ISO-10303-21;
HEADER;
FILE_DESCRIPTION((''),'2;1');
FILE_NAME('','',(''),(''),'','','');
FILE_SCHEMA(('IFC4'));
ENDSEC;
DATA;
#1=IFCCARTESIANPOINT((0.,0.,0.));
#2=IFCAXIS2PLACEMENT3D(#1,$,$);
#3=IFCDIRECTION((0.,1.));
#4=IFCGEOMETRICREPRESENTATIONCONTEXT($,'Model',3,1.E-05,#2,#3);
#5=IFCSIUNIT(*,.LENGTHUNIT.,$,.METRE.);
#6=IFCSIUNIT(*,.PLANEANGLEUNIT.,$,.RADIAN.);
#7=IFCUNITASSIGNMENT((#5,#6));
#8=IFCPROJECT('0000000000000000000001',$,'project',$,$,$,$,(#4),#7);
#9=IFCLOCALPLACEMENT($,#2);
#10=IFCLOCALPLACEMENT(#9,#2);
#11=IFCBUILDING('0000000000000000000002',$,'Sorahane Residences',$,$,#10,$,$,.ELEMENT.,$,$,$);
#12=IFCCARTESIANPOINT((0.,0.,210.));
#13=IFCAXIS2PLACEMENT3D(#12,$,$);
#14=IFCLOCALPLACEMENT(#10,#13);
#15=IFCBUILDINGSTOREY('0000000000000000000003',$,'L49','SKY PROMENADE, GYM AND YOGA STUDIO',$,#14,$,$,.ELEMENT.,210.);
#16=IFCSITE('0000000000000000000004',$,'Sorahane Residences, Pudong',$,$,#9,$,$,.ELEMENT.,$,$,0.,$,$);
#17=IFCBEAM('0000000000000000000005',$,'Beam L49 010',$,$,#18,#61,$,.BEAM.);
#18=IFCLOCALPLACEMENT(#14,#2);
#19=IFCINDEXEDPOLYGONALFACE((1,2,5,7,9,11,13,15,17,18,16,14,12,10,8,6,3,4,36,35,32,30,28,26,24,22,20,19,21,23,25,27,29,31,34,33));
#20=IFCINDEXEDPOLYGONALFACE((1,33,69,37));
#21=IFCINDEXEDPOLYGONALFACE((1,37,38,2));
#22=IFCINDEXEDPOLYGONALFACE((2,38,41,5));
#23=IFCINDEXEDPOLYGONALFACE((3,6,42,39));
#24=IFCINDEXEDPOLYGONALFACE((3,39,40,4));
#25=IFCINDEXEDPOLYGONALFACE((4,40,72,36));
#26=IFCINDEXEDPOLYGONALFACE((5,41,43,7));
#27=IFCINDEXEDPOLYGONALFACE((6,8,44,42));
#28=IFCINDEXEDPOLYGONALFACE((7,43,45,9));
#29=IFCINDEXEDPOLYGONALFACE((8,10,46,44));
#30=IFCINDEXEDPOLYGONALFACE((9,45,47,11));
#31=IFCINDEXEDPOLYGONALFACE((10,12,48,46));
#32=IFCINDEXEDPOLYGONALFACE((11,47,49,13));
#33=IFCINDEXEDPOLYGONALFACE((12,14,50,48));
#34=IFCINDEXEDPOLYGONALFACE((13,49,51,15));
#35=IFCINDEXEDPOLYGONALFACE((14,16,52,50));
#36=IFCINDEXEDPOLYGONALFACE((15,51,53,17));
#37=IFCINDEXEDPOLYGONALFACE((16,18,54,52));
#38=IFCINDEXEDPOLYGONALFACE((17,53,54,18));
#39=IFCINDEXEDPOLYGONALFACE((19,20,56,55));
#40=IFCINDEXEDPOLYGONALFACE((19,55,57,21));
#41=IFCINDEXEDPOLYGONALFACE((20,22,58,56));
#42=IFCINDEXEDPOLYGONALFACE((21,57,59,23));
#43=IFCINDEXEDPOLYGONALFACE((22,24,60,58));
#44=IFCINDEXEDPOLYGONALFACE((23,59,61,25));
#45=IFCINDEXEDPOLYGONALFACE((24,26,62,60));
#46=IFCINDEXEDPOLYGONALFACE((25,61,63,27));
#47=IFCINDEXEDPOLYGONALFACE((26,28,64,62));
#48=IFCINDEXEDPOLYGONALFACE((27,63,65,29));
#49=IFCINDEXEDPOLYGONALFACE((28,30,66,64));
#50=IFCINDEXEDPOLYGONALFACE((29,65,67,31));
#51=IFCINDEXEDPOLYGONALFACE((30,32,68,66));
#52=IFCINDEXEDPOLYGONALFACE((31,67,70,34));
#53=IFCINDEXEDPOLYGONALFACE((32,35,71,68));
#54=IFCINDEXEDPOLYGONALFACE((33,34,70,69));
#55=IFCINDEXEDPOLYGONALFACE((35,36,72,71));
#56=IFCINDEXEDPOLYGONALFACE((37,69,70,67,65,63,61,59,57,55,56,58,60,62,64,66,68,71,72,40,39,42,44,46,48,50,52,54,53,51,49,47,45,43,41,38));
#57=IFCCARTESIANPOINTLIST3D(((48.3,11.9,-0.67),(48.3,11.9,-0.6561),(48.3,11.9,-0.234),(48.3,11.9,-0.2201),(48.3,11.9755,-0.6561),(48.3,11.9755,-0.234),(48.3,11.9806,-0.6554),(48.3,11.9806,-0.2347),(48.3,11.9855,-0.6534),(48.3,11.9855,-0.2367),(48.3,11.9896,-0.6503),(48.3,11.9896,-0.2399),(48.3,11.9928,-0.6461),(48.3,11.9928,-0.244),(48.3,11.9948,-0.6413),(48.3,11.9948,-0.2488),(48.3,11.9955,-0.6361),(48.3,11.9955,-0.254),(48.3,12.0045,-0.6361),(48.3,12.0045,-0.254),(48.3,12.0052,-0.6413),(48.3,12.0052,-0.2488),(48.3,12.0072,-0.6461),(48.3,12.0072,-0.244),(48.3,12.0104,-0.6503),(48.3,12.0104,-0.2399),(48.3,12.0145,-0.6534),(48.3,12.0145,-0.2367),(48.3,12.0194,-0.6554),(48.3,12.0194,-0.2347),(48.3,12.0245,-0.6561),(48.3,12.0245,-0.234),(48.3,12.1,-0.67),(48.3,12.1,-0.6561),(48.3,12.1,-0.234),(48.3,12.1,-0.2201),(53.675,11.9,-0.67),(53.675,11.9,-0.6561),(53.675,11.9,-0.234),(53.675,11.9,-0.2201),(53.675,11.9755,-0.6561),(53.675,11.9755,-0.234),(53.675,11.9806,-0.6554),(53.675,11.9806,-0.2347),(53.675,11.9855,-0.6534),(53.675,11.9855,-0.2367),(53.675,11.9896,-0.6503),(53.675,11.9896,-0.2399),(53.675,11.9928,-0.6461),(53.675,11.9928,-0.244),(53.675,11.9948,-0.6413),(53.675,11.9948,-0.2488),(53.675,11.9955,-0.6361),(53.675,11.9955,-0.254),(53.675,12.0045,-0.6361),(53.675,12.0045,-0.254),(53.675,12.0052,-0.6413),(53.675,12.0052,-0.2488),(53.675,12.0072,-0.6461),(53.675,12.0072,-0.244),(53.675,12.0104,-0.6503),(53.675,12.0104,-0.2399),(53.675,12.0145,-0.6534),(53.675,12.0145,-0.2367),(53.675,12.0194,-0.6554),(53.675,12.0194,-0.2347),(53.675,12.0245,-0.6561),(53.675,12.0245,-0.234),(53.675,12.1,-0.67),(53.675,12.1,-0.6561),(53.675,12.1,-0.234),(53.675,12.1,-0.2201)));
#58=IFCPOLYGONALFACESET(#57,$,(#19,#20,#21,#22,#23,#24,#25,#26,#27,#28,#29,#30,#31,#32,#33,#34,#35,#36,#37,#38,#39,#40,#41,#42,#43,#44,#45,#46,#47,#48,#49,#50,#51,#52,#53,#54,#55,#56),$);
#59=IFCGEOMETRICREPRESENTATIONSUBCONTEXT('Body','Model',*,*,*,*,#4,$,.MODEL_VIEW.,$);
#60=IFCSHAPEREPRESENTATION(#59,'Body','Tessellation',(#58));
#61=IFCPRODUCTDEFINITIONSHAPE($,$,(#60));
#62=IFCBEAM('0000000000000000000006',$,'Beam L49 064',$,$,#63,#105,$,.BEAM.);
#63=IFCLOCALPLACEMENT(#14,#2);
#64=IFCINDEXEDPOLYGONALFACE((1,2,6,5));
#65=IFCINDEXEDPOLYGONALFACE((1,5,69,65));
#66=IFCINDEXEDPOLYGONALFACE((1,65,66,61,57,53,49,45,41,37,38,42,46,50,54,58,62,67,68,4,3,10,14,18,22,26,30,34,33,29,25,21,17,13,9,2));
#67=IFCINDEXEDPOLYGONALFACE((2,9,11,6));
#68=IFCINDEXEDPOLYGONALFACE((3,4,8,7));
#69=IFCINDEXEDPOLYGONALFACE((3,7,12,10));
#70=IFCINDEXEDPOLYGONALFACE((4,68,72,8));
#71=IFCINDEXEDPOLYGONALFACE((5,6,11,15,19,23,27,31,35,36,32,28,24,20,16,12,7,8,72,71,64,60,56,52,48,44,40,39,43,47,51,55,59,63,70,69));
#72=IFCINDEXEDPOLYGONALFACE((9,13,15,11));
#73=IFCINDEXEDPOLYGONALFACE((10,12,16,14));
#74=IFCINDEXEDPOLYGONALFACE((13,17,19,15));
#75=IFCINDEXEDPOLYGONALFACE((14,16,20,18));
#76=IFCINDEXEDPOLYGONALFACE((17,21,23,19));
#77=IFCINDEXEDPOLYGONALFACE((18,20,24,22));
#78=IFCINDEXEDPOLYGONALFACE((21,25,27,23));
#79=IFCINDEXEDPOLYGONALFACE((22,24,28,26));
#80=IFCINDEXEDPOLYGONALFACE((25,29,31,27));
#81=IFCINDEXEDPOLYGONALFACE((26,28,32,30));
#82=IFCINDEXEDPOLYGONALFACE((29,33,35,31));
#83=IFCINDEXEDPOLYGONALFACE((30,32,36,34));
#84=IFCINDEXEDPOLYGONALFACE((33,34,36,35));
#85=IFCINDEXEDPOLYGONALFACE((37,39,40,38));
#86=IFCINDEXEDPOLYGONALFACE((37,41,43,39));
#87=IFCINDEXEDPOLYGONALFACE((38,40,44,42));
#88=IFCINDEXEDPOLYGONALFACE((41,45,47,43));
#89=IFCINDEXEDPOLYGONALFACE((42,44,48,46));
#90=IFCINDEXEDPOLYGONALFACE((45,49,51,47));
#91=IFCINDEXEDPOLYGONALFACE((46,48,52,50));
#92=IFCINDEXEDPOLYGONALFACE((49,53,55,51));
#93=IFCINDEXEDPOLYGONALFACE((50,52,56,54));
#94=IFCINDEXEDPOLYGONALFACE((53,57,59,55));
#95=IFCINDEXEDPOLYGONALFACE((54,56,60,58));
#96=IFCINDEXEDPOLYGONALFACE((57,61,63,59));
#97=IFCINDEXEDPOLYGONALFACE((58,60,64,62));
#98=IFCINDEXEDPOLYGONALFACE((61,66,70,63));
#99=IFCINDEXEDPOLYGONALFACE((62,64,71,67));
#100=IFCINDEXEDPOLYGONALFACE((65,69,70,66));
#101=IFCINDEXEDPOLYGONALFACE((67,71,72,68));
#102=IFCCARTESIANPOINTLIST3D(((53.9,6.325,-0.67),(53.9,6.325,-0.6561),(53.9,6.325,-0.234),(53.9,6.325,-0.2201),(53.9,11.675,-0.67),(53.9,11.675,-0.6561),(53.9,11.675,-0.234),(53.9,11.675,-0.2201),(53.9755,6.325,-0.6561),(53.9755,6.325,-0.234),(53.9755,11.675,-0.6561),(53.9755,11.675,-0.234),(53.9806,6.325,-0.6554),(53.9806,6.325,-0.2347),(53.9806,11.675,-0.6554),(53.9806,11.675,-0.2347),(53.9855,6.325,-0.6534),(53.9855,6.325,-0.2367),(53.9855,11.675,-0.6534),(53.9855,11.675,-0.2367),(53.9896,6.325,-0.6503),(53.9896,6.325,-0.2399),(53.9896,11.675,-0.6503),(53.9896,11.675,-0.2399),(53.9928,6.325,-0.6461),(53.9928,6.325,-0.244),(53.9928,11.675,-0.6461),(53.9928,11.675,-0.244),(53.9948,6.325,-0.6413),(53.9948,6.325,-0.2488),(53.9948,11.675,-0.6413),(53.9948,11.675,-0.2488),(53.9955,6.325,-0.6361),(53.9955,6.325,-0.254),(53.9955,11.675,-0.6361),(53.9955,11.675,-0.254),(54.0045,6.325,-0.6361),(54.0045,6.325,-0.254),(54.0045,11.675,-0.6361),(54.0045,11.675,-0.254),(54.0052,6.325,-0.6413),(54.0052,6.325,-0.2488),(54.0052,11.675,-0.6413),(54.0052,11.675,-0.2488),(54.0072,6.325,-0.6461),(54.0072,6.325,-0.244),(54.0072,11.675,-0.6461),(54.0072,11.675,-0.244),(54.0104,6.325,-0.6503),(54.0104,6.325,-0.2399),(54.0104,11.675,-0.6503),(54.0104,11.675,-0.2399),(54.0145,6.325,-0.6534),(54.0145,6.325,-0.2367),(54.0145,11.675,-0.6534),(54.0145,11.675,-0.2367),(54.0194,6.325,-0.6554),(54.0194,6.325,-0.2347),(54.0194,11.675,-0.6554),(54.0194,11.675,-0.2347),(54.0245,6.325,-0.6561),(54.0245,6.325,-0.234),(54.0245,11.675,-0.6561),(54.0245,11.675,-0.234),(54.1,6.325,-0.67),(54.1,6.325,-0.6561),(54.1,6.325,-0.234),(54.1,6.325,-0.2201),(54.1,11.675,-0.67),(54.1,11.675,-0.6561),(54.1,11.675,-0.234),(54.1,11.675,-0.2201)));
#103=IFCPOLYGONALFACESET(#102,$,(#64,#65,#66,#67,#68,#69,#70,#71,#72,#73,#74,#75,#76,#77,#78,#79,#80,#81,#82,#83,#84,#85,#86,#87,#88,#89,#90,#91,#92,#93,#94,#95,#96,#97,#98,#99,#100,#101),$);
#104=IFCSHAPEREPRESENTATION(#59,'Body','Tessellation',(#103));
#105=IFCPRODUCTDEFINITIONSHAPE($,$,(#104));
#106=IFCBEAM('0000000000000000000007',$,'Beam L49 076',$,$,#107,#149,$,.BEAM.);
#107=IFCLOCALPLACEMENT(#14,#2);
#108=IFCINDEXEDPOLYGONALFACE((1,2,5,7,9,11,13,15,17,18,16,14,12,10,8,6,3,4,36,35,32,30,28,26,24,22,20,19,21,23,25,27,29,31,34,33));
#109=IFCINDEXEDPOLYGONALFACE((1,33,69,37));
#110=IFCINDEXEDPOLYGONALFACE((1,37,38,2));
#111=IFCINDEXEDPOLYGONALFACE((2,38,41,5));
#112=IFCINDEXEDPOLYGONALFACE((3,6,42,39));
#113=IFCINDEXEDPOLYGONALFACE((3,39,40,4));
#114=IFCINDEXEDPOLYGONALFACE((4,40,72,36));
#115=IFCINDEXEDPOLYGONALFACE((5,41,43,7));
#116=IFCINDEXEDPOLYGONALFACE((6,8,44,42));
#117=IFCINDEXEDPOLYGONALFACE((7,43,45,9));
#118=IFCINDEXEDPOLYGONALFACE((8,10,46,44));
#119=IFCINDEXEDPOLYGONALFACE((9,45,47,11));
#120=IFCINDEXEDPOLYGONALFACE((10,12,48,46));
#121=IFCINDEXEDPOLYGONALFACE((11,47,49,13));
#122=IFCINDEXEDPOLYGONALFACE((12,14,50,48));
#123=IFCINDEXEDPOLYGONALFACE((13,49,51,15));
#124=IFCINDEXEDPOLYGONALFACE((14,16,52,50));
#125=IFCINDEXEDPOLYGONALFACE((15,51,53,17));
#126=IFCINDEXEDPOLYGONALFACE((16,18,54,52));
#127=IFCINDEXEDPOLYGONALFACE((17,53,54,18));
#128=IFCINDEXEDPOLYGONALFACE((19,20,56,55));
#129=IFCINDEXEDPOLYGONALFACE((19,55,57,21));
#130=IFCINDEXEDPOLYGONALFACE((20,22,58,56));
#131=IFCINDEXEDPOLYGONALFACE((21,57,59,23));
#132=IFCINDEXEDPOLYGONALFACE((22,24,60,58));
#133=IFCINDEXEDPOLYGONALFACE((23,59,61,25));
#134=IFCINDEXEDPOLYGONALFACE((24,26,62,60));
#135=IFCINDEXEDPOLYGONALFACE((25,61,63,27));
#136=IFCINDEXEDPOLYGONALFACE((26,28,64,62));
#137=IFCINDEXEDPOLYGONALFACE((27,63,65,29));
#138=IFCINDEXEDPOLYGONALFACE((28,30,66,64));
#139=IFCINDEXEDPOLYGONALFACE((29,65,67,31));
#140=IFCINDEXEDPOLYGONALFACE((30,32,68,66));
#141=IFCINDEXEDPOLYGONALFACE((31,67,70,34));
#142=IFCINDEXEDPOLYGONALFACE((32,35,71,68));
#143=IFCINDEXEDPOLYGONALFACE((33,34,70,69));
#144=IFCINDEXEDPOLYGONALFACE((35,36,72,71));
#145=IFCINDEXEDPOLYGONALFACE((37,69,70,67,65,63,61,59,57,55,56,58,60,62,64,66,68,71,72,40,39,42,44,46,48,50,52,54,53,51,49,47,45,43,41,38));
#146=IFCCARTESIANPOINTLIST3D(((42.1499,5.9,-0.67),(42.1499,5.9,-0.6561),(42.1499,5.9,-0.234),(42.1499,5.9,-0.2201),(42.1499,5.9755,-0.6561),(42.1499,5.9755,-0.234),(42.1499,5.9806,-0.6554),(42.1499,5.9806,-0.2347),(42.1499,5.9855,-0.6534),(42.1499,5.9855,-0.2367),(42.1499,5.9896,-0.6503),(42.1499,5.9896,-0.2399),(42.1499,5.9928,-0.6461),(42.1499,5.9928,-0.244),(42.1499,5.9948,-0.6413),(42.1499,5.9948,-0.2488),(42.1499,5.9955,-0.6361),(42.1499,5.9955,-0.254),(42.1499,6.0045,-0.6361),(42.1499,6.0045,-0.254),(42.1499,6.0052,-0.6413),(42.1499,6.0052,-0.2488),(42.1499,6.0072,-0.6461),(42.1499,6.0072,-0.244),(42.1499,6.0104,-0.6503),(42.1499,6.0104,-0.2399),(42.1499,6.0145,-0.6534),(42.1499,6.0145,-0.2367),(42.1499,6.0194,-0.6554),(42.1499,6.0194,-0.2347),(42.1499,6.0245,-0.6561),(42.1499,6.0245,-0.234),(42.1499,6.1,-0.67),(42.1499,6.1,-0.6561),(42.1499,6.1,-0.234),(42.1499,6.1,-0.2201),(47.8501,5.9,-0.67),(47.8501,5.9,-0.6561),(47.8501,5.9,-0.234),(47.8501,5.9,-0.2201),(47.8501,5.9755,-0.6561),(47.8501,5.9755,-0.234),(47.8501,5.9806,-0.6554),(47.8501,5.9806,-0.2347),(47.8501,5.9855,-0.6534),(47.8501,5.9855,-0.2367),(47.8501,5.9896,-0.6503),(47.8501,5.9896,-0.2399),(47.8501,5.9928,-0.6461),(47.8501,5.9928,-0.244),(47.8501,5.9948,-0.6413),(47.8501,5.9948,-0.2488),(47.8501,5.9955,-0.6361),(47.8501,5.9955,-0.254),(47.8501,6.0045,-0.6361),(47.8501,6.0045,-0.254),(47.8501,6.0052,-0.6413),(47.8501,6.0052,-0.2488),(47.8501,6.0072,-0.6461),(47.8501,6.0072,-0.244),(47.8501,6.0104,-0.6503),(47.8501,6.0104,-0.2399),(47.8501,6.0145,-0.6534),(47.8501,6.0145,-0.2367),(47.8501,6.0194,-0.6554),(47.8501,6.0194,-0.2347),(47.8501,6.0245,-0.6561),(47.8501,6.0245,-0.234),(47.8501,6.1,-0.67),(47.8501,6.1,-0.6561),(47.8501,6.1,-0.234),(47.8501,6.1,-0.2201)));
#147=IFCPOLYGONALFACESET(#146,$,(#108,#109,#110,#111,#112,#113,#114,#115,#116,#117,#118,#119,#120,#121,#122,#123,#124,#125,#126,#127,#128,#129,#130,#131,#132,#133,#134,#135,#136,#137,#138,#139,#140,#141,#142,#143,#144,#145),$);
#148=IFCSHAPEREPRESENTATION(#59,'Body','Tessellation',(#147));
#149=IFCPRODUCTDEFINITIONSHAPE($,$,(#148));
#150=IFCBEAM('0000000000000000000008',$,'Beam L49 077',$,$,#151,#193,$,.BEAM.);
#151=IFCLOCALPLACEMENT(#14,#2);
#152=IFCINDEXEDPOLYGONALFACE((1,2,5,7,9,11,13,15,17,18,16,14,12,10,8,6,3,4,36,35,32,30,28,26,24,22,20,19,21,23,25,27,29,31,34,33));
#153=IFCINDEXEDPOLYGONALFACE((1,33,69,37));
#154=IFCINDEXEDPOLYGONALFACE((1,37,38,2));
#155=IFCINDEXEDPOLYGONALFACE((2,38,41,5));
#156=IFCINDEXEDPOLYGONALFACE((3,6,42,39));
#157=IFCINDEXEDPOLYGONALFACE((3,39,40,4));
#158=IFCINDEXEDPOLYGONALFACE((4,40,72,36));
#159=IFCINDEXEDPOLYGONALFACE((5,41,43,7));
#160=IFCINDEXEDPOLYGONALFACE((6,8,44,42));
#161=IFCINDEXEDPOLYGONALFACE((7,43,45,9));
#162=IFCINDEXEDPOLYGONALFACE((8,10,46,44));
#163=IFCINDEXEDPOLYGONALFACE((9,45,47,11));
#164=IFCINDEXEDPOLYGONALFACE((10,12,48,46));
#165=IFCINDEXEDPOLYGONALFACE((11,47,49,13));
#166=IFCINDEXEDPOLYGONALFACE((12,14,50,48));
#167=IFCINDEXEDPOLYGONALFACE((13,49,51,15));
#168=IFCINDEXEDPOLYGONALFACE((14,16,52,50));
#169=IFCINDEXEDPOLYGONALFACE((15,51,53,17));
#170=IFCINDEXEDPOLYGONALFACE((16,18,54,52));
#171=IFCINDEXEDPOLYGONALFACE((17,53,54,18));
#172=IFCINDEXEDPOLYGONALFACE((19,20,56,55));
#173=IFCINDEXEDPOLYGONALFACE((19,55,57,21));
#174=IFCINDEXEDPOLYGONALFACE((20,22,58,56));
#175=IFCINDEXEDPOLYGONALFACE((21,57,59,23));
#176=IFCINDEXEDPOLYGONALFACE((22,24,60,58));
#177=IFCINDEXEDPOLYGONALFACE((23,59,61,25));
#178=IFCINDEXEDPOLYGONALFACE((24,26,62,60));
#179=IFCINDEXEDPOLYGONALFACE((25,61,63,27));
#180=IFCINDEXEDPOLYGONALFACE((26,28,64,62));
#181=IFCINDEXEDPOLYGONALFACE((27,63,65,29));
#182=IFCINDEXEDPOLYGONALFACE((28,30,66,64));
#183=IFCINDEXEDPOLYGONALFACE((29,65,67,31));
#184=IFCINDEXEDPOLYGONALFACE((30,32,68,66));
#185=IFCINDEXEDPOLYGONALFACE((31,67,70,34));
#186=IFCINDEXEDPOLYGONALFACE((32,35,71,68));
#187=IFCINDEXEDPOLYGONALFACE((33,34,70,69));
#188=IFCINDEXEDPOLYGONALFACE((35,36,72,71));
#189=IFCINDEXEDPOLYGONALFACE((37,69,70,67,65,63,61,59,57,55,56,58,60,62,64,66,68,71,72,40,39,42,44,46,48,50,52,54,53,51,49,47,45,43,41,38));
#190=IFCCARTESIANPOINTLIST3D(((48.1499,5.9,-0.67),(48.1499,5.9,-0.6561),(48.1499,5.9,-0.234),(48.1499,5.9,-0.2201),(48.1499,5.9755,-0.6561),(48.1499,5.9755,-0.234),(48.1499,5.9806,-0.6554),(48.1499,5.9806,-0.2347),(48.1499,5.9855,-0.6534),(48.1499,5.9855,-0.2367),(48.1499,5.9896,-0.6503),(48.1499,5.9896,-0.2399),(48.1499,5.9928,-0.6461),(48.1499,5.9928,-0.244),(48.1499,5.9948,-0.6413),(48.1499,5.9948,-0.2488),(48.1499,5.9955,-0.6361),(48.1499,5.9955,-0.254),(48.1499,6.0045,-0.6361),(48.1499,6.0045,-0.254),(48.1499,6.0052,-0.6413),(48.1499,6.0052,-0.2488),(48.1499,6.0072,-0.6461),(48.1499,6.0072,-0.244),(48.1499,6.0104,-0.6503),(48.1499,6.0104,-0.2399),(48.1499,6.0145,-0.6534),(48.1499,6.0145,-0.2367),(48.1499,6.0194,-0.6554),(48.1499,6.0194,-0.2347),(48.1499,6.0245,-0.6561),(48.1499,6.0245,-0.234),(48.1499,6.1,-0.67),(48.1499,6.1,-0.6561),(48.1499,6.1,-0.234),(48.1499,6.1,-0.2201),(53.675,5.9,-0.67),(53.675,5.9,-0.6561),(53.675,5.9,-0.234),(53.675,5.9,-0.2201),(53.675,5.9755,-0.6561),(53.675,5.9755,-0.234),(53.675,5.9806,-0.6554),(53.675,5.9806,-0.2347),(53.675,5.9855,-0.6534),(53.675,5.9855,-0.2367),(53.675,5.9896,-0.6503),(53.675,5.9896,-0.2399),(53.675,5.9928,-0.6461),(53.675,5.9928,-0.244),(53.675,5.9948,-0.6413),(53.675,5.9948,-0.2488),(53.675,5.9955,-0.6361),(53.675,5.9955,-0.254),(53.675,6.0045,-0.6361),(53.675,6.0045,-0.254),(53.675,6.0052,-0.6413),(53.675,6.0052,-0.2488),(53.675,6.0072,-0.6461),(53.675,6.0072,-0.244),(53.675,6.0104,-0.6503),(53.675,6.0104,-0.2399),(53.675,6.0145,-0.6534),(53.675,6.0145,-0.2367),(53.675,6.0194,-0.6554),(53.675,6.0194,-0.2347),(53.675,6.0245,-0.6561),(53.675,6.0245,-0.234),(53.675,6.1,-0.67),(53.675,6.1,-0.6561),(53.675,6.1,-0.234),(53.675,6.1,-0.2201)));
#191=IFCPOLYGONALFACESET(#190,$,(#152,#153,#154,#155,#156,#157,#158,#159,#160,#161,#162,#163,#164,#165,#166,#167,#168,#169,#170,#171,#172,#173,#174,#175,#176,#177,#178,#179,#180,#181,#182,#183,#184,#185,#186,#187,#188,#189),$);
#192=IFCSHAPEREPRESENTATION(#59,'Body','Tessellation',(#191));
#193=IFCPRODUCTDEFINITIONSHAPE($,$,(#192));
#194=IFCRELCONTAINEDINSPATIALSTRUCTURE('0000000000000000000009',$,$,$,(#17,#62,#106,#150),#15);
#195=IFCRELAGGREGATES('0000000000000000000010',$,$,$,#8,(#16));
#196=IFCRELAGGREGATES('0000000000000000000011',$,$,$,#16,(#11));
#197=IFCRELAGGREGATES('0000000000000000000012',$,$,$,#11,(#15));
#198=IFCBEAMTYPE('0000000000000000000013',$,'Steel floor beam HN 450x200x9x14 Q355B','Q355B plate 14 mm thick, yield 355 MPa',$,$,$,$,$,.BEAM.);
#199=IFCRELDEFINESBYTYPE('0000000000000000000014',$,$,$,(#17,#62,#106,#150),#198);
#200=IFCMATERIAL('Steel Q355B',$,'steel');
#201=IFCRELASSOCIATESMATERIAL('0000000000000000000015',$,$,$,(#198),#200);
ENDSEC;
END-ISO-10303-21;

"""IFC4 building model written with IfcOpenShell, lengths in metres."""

from ifc_helpers import new_model, si_unit, direction, frame, origin, origin_2d, place, context, subcontext, project, spatial, i_section, extrude, material, material_profile, profile_set, type_object, element, save


model = new_model("IFC4")

# Units and contexts
model_context = context("Model", 3, precision=1e-05, world=origin(), true_north=direction((0.0, 1.0)))
body_context = subcontext(model_context, "Body", "Model", "MODEL_VIEW")
ifc_project = project(units=[si_unit("LENGTHUNIT", "METRE"), si_unit("PLANEANGLEUNIT", "RADIAN")], contexts=[model_context])

# Site, building, storey
site_placement = place(None, origin())
site = spatial("IfcSite", under=ifc_project, at=site_placement, Name="Sorahane Residences, Pudong", CompositionType="ELEMENT", RefElevation=0.0)
building_placement = place(site_placement, origin())
building = spatial("IfcBuilding", under=site, at=building_placement, Name="Sorahane Residences", CompositionType="ELEMENT")
storey_placement = place(building_placement, frame((0.0, 0.0, 210.0)))
storey = spatial("IfcBuildingStorey", under=building, at=storey_placement, Name="L49", Description="SKY PROMENADE, GYM AND YOGA STUDIO", CompositionType="ELEMENT", Elevation=210.0)

# Beams
ifc_material_1 = material(Name="Steel Q355B", Category="steel")
ifc_material_profile_1 = material_profile(ifc_material_1, i_section(OverallWidth=0.2, OverallDepth=0.45, WebThickness=0.009, FlangeThickness=0.0139, FilletRadius=0.02, at=origin_2d()), Name="HN 450x200x9x14")
ifc_profile_set_1 = profile_set([ifc_material_profile_1], Name="Steel Q355B")
beam_type_1 = type_object("IfcBeamType", Name="Steel floor beam HN 450x200x9x14 Q355B", Description="Q355B plate 14 mm thick, yield 355 MPa", PredefinedType="BEAM", material=ifc_profile_set_1)
beam_1_placement = place(storey_placement, frame((48.3, 12.0, -0.4451), z_axis=(1.0, 0.0, 0.0), x_axis=(0.0, 1.0, 0.0)))
element("IfcBeam", 1, at=beam_1_placement, inside=storey, type_object=beam_type_1, Name="Beam L49 010", PredefinedType="BEAM", context=body_context, shape_type="SweptSolid", body=[
    extrude(i_section(OverallWidth=0.2, OverallDepth=0.45, WebThickness=0.009, FlangeThickness=0.0139, FilletRadius=0.02, at=origin_2d()), origin(), (0.0, 0.0, 1.0), 5.375),
])
beam_2_placement = place(storey_placement, frame((54.0, 6.325, -0.4451), z_axis=(0.0, 1.0, 0.0), x_axis=(-1.0, 0.0, 0.0)))
element("IfcBeam", 2, at=beam_2_placement, inside=storey, type_object=beam_type_1, Name="Beam L49 064", PredefinedType="BEAM", context=body_context, shape_type="SweptSolid", body=[
    extrude(i_section(OverallWidth=0.2, OverallDepth=0.45, WebThickness=0.009, FlangeThickness=0.0139, FilletRadius=0.02, at=origin_2d()), origin(), (0.0, 0.0, 1.0), 5.3501),
])
beam_3_placement = place(storey_placement, frame((42.1499, 6.0, -0.4451), z_axis=(1.0, 0.0, 0.0), x_axis=(0.0, 1.0, 0.0)))
element("IfcBeam", 3, at=beam_3_placement, inside=storey, type_object=beam_type_1, Name="Beam L49 076", PredefinedType="BEAM", context=body_context, shape_type="SweptSolid", body=[
    extrude(i_section(OverallWidth=0.2, OverallDepth=0.45, WebThickness=0.009, FlangeThickness=0.0139, FilletRadius=0.02, at=origin_2d()), origin(), (0.0, 0.0, 1.0), 5.7002),
])
beam_4_placement = place(storey_placement, frame((48.1499, 6.0, -0.4451), z_axis=(1.0, 0.0, 0.0), x_axis=(0.0, 1.0, 0.0)))
element("IfcBeam", 4, at=beam_4_placement, inside=storey, type_object=beam_type_1, Name="Beam L49 077", PredefinedType="BEAM", context=body_context, shape_type="SweptSolid", body=[
    extrude(i_section(OverallWidth=0.2, OverallDepth=0.45, WebThickness=0.009, FlangeThickness=0.0139, FilletRadius=0.02, at=origin_2d()), origin(), (0.0, 0.0, 1.0), 5.5251),
])

save(model, "model.ifc")
